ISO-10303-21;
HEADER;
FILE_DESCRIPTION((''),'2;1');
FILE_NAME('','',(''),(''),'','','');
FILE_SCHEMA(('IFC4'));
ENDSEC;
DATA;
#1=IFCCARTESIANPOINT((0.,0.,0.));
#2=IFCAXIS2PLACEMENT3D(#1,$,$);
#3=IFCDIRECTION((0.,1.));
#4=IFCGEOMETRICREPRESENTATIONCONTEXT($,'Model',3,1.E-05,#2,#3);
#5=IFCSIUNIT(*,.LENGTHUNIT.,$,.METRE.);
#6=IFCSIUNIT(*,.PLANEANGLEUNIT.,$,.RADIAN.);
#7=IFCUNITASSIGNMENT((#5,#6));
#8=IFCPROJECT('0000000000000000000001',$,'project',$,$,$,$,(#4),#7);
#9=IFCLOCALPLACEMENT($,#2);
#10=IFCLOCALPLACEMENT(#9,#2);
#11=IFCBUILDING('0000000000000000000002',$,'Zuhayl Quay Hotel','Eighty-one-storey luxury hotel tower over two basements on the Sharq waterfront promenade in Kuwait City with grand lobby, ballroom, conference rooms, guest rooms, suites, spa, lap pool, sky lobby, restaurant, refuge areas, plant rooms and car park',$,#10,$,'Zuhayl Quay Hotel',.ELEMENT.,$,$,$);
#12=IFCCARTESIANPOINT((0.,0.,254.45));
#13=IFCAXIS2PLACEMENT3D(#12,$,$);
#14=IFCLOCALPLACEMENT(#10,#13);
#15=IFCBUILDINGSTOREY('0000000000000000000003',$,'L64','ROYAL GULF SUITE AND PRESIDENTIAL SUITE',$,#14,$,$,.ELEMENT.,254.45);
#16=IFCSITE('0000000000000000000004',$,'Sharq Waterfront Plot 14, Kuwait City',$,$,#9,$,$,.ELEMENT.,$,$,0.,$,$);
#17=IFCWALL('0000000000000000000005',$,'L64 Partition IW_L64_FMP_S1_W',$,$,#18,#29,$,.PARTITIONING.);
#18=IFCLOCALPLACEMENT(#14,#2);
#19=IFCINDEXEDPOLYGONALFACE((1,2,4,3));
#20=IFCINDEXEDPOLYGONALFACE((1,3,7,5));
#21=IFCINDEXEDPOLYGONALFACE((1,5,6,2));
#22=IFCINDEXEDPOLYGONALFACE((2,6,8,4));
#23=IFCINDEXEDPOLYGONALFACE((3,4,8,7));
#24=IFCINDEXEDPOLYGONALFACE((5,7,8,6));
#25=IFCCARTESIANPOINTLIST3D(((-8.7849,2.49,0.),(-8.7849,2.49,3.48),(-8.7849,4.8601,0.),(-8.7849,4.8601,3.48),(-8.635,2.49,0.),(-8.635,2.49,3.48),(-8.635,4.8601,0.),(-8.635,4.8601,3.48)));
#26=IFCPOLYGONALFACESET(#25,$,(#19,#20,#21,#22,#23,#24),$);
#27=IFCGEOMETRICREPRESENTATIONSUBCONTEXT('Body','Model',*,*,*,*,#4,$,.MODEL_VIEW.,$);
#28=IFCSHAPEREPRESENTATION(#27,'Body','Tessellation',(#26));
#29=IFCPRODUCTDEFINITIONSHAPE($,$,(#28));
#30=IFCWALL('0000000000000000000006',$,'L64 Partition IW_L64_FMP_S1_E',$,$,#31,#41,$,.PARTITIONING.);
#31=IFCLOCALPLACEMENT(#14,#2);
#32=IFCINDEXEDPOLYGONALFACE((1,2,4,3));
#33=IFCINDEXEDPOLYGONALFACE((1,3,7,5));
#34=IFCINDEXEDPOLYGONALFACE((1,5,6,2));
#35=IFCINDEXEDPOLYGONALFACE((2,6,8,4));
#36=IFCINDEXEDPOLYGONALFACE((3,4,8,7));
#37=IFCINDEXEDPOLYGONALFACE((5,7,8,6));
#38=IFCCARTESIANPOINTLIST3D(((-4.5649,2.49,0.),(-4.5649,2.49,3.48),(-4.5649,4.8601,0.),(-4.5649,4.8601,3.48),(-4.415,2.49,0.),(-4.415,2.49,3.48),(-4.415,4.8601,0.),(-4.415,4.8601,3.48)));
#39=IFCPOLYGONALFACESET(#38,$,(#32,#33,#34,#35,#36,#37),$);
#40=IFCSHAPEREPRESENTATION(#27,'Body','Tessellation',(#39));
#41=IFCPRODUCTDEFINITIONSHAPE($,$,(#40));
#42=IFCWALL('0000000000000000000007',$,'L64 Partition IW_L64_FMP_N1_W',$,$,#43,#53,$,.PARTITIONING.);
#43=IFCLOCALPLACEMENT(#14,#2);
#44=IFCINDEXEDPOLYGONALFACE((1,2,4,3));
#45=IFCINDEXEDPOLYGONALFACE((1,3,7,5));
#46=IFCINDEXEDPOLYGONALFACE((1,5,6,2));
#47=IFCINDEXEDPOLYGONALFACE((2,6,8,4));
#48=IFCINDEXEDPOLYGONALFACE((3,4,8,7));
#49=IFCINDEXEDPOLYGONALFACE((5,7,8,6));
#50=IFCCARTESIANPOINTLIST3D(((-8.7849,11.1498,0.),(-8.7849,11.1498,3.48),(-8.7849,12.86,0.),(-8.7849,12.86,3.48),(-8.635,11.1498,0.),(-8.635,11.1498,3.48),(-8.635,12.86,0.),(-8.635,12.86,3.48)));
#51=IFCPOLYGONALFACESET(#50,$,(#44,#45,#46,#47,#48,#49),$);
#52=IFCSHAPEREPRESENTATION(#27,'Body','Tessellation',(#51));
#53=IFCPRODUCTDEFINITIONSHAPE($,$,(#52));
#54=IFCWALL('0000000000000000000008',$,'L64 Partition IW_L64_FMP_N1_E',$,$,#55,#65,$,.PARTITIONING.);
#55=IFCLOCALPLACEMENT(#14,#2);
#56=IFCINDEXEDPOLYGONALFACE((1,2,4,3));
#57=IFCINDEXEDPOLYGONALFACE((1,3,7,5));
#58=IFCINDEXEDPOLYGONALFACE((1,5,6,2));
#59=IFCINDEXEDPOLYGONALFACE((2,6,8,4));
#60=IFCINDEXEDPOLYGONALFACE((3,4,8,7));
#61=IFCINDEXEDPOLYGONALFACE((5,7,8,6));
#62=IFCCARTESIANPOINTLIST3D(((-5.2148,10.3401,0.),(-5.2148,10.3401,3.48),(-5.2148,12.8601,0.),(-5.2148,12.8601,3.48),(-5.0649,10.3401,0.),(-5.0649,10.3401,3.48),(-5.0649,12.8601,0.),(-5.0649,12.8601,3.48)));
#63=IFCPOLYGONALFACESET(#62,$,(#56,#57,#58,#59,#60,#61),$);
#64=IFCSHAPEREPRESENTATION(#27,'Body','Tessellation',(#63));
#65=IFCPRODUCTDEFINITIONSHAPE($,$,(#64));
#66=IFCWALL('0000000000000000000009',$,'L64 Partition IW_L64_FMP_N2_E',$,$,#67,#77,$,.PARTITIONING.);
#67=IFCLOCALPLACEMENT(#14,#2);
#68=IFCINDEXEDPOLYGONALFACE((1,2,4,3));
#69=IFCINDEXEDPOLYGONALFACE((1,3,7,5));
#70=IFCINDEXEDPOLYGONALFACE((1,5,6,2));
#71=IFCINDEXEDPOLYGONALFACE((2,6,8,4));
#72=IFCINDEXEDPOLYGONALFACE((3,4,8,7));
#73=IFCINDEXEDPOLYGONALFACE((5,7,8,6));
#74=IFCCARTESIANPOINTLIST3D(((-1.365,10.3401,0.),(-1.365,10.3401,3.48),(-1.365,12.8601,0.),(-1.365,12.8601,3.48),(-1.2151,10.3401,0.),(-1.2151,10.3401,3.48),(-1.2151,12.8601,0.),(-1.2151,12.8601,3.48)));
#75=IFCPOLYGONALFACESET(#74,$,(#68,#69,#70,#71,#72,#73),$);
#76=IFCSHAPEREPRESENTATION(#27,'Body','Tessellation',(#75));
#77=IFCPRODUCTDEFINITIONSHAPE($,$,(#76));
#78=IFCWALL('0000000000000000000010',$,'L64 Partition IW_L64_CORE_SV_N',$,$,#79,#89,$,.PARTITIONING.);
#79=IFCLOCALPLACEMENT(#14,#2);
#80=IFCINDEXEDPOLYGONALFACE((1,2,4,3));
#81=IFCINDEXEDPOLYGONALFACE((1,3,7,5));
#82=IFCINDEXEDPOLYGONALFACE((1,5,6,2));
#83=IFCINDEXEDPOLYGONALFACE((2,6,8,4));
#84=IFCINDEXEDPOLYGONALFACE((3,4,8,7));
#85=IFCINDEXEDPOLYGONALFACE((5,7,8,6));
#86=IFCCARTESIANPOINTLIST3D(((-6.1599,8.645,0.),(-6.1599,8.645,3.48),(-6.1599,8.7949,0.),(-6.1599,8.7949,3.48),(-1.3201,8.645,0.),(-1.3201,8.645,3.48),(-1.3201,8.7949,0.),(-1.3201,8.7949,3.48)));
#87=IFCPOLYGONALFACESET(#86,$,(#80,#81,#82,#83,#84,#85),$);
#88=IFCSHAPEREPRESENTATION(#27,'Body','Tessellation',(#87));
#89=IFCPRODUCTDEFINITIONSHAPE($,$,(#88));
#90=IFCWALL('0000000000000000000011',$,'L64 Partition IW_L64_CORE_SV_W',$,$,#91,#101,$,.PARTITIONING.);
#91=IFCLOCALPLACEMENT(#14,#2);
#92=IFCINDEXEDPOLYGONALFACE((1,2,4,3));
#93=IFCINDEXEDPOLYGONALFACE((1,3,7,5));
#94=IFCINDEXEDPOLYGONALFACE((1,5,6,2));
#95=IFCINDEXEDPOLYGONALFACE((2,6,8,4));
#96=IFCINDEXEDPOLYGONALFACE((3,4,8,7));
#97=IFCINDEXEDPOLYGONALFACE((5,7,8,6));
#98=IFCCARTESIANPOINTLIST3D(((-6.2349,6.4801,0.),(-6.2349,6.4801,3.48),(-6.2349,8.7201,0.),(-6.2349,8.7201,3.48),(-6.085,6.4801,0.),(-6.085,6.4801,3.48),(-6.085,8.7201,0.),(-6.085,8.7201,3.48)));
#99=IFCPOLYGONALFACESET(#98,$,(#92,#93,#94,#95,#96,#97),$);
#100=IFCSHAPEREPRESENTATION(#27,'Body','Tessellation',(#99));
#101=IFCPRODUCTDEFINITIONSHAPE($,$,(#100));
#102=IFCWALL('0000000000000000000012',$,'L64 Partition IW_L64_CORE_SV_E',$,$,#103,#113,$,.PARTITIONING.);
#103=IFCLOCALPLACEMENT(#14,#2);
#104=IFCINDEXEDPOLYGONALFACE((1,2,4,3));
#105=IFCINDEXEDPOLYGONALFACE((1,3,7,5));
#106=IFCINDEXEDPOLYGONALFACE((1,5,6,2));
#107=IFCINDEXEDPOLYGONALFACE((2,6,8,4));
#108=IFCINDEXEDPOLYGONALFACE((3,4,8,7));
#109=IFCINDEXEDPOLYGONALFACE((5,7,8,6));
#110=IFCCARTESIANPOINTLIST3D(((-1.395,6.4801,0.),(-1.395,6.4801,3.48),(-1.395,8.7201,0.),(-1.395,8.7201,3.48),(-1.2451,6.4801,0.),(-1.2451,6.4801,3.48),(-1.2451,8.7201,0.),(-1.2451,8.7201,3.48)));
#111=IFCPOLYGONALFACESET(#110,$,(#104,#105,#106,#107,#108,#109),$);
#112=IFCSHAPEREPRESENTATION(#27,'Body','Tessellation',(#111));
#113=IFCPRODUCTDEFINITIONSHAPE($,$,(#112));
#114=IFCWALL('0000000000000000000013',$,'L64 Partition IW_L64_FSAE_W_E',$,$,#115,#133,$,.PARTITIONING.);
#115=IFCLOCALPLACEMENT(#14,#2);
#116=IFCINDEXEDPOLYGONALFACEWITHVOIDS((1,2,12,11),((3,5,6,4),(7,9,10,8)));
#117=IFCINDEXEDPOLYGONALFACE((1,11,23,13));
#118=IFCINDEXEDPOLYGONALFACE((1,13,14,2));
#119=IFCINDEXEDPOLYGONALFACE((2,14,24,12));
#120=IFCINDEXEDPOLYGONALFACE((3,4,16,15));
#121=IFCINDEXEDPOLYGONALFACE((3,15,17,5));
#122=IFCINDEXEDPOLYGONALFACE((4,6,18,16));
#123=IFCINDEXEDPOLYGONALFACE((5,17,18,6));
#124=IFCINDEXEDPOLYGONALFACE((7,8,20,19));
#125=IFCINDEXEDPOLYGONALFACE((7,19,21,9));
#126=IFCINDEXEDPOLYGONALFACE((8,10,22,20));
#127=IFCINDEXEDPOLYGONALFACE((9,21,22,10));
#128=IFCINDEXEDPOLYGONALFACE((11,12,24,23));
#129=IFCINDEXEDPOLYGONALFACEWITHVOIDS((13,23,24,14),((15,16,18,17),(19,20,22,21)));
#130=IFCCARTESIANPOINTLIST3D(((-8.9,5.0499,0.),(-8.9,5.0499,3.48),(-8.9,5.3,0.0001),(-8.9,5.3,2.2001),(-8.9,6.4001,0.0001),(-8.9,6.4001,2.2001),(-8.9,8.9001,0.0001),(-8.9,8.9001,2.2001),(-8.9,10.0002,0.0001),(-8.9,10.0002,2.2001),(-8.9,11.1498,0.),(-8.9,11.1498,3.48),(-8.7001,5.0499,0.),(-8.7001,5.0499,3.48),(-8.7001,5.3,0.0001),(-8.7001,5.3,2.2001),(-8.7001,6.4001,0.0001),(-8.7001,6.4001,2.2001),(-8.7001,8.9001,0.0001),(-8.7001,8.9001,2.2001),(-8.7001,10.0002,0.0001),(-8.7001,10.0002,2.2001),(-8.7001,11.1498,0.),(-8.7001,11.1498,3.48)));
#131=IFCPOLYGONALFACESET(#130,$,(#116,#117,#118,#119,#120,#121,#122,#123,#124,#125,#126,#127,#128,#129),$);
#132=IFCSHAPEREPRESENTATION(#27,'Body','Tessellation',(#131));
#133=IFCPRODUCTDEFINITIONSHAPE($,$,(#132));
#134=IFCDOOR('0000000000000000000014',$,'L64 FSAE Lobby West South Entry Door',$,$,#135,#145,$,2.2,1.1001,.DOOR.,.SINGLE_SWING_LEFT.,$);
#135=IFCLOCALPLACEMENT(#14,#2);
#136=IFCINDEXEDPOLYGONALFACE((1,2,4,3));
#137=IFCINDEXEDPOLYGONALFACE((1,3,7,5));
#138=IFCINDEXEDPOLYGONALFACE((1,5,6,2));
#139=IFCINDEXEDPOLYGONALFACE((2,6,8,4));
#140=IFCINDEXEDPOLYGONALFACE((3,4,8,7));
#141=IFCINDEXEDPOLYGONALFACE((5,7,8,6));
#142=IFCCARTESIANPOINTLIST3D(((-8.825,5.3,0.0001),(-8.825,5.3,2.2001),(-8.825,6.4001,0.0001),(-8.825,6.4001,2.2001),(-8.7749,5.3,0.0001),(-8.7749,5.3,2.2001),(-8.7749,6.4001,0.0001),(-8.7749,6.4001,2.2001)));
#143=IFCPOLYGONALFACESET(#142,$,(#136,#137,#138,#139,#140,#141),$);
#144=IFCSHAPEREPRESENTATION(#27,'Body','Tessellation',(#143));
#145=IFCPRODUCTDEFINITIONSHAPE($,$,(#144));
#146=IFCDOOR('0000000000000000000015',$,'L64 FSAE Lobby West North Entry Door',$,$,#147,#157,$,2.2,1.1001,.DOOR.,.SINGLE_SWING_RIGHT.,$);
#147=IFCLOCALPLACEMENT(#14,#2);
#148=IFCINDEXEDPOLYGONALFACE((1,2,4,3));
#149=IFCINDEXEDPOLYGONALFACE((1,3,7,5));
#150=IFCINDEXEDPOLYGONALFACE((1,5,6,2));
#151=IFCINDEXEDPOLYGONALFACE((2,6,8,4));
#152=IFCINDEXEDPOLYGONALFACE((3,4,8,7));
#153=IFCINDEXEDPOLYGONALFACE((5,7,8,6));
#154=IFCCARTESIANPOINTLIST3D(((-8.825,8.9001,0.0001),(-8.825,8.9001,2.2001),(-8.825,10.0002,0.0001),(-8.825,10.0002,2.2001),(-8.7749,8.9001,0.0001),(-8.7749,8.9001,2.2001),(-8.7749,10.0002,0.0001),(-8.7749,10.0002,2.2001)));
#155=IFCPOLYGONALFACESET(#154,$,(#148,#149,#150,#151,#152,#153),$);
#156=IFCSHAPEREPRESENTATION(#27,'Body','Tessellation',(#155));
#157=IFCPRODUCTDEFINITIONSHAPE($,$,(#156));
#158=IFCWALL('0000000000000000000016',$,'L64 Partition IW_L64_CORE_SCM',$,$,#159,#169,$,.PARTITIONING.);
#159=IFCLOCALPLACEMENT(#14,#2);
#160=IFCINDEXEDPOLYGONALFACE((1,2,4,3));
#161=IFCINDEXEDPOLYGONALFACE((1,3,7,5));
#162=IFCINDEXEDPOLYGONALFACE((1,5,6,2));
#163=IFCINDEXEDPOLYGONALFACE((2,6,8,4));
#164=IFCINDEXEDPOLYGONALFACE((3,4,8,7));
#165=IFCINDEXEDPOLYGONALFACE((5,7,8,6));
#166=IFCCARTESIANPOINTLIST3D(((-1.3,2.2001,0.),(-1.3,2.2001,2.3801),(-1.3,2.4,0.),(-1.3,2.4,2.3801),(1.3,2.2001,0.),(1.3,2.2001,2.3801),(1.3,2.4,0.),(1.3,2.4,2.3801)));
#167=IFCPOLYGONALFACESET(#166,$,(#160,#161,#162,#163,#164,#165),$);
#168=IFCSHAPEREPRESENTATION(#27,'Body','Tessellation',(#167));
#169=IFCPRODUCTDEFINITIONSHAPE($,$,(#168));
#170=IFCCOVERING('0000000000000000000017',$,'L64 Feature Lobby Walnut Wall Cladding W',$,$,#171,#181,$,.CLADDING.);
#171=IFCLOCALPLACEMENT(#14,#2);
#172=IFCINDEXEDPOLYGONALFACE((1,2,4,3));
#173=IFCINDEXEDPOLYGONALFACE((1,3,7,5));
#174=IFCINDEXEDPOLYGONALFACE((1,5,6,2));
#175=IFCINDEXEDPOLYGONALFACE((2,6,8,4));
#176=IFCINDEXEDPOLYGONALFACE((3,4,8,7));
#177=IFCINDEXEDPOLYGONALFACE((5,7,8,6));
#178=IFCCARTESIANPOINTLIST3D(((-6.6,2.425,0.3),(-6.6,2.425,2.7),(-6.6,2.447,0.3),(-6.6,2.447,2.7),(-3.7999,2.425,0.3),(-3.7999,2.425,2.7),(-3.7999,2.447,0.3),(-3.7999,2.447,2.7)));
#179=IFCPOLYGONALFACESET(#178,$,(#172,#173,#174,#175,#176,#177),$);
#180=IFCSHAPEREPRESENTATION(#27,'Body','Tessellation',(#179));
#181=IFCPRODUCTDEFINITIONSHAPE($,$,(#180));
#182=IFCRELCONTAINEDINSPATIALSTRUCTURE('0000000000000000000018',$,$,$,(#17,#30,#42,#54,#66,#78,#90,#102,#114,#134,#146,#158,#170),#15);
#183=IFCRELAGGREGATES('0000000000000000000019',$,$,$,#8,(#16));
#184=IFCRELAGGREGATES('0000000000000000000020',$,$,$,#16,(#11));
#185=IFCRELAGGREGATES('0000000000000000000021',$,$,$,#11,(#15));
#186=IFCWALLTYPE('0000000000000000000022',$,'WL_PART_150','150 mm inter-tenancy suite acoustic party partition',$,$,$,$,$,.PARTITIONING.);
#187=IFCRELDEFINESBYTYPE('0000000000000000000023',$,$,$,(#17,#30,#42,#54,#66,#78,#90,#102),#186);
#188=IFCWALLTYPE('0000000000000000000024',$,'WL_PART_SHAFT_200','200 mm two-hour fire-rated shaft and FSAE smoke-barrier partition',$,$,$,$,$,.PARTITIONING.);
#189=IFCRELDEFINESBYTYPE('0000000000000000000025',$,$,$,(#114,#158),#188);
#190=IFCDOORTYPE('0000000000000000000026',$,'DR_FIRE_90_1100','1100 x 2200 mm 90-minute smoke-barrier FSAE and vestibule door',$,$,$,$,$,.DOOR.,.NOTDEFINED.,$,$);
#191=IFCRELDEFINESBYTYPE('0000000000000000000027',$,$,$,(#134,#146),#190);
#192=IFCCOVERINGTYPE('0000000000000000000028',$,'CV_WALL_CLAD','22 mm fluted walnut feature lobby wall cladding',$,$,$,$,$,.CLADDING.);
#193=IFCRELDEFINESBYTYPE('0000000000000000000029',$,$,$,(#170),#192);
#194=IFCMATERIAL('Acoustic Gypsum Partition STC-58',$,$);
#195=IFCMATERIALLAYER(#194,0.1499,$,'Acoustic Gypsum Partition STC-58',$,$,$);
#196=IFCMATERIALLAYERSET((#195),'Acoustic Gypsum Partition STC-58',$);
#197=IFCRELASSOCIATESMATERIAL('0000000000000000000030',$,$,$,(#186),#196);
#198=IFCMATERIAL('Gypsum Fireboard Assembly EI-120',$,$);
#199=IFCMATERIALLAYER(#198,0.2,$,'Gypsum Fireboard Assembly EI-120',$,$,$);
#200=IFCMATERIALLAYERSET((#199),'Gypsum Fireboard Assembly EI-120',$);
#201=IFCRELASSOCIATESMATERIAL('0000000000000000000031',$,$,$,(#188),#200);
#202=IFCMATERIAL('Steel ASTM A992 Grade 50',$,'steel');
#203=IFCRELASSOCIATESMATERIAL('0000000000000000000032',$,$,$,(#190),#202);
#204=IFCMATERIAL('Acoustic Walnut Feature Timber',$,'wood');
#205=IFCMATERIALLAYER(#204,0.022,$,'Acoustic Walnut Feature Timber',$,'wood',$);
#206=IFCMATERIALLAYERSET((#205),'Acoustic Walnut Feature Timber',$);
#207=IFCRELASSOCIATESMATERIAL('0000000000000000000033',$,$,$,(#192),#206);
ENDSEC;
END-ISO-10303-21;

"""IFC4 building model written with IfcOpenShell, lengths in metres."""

from ifc_helpers import new_model, si_unit, direction, frame, frame_2d, origin, origin_2d, place, context, subcontext, project, spatial, rectangle, extrude, material, layer, layer_set, type_object, element, fill, save


model = new_model("IFC4")

# Units and contexts
model_context = context("Model", 3, precision=1e-05, world=origin(), true_north=direction((0.0, 1.0)))
body_context = subcontext(model_context, "Body", "Model", "MODEL_VIEW")
ifc_project = project(units=[si_unit("LENGTHUNIT", "METRE"), si_unit("PLANEANGLEUNIT", "RADIAN")], contexts=[model_context])

# Site, building, storey
site_placement = place(None, origin())
site = spatial("IfcSite", under=ifc_project, at=site_placement, Name="Sharq Waterfront Plot 14, Kuwait City", CompositionType="ELEMENT", RefElevation=0.0)
building_placement = place(site_placement, origin())
building = spatial("IfcBuilding", under=site, at=building_placement, Name="Zuhayl Quay Hotel", Description="Eighty-one-storey luxury hotel tower over two basements on the Sharq waterfront promenade in Kuwait City with grand lobby, ballroom, conference rooms, guest rooms, suites, spa, lap pool, sky lobby, restaurant, refuge areas, plant rooms and car park", LongName="Zuhayl Quay Hotel", CompositionType="ELEMENT")
storey_placement = place(building_placement, frame((0.0, 0.0, 254.45)))
storey = spatial("IfcBuildingStorey", under=building, at=storey_placement, Name="L64", Description="ROYAL GULF SUITE AND PRESIDENTIAL SUITE", CompositionType="ELEMENT", Elevation=254.45)

# Shared definitions
ifc_material_1 = material(Name="Acoustic Gypsum Partition STC-58")
ifc_layer_1 = layer(ifc_material_1, 0.1499, Name="Acoustic Gypsum Partition STC-58")
ifc_layer_set_1 = layer_set([ifc_layer_1], Name="Acoustic Gypsum Partition STC-58")
wall_type_1 = type_object("IfcWallType", Name="WL_PART_150", Description="150 mm inter-tenancy suite acoustic party partition", PredefinedType="PARTITIONING", material=ifc_layer_set_1)
ifc_material_2 = material(Name="Steel ASTM A992 Grade 50", Category="steel")

# Walls
for number, where, z_axis, x_axis, name in (
    (1, (-8.71, 2.49, 0.0), (0.0, 0.0, 1.0), (0.0, 1.0, 0.0), "L64 Partition IW_L64_FMP_S1_W"),
    (2, (-4.49, 2.49, 0.0), (0.0, 0.0, 1.0), (0.0, 1.0, 0.0), "L64 Partition IW_L64_FMP_S1_E"),
):
    element("IfcWall", number, at=place(storey_placement, frame(where, z_axis=z_axis, x_axis=x_axis)), inside=storey, type_object=wall_type_1, Name=name, PredefinedType="PARTITIONING", context=body_context, shape_type="SweptSolid", body=[
        extrude(rectangle(XDim=2.3701, YDim=0.1499, at=frame_2d((1.1851, 0.0))), origin(), (0.0, 0.0, 1.0), 3.48),
    ])
wall_1_placement = place(storey_placement, frame((-8.71, 11.1499, 0.0), z_axis=(0.0, 0.0, 1.0), x_axis=(0.0, 1.0, 0.0)))
element("IfcWall", 3, at=wall_1_placement, inside=storey, type_object=wall_type_1, Name="L64 Partition IW_L64_FMP_N1_W", PredefinedType="PARTITIONING", context=body_context, shape_type="SweptSolid", body=[
    extrude(rectangle(XDim=1.7102, YDim=0.1499, at=frame_2d((0.855, 0.0))), origin(), (0.0, 0.0, 1.0), 3.48),
])
for number, where, z_axis, x_axis, name in (
    (4, (-5.1399, 10.3401, 0.0), (0.0, 0.0, 1.0), (0.0, 1.0, 0.0), "L64 Partition IW_L64_FMP_N1_E"),
    (5, (-1.29, 10.3401, 0.0), (0.0, 0.0, 1.0), (0.0, 1.0, 0.0), "L64 Partition IW_L64_FMP_N2_E"),
):
    element("IfcWall", number, at=place(storey_placement, frame(where, z_axis=z_axis, x_axis=x_axis)), inside=storey, type_object=wall_type_1, Name=name, PredefinedType="PARTITIONING", context=body_context, shape_type="SweptSolid", body=[
        extrude(rectangle(XDim=2.52, YDim=0.1499, at=frame_2d((1.26, 0.0))), origin(), (0.0, 0.0, 1.0), 3.48),
    ])
wall_2_placement = place(storey_placement, frame((-6.1599, 8.72, 0.0), z_axis=(0.0, 0.0, 1.0), x_axis=(1.0, 0.0, 0.0)))
element("IfcWall", 6, at=wall_2_placement, inside=storey, type_object=wall_type_1, Name="L64 Partition IW_L64_CORE_SV_N", PredefinedType="PARTITIONING", context=body_context, shape_type="SweptSolid", body=[
    extrude(rectangle(XDim=4.8398, YDim=0.1499, at=frame_2d((2.4199, 0.0))), origin(), (0.0, 0.0, 1.0), 3.48),
])
for number, where, z_axis, x_axis, name in (
    (7, (-6.1599, 6.48, 0.0), (0.0, 0.0, 1.0), (0.0, 1.0, 0.0), "L64 Partition IW_L64_CORE_SV_W"),
    (8, (-1.3201, 6.48, 0.0), (0.0, 0.0, 1.0), (0.0, 1.0, 0.0), "L64 Partition IW_L64_CORE_SV_E"),
):
    element("IfcWall", number, at=place(storey_placement, frame(where, z_axis=z_axis, x_axis=x_axis)), inside=storey, type_object=wall_type_1, Name=name, PredefinedType="PARTITIONING", context=body_context, shape_type="SweptSolid", body=[
        extrude(rectangle(XDim=2.24, YDim=0.1499, at=frame_2d((1.1201, 0.0))), origin(), (0.0, 0.0, 1.0), 3.48),
    ])

# Wall, openings, doors
ifc_material_3 = material(Name="Gypsum Fireboard Assembly EI-120")
ifc_layer_2 = layer(ifc_material_3, 0.2, Name="Gypsum Fireboard Assembly EI-120")
ifc_layer_set_2 = layer_set([ifc_layer_2], Name="Gypsum Fireboard Assembly EI-120")
wall_type_2 = type_object("IfcWallType", Name="WL_PART_SHAFT_200", Description="200 mm two-hour fire-rated shaft and FSAE smoke-barrier partition", PredefinedType="PARTITIONING", material=ifc_layer_set_2)
wall_3_placement = place(storey_placement, frame((-8.8, 5.05, 0.0), z_axis=(0.0, 0.0, 1.0), x_axis=(0.0, 1.0, 0.0)))
wall_3 = element("IfcWall", 9, at=wall_3_placement, inside=storey, type_object=wall_type_2, Name="L64 Partition IW_L64_FSAE_W_E", PredefinedType="PARTITIONING", context=body_context, shape_type="SweptSolid", body=[
    extrude(rectangle(XDim=6.0999, YDim=0.2, at=frame_2d((3.0498, 0.0))), origin(), (0.0, 0.0, 1.0), 3.48),
])
opening_1_placement = place(wall_3_placement, frame((0.25, 0.0, 0.0)))
opening_1 = element("IfcOpeningElement", 10, at=opening_1_placement, cuts=wall_3, PredefinedType="OPENING", context=body_context, shape_type="SweptSolid", body=[
    extrude(rectangle(XDim=1.1001, YDim=2.2, at=frame_2d((0.55, 1.1001))), frame((0.0, 0.1099, 0.0), z_axis=(0.0, -1.0, 0.0), x_axis=(1.0, 0.0, 0.0)), (0.0, 0.0, 1.0), 0.22),
])
opening_2_placement = place(wall_3_placement, frame((3.8501, 0.0, 0.0)))
opening_2 = element("IfcOpeningElement", 11, at=opening_2_placement, cuts=wall_3, PredefinedType="OPENING", context=body_context, shape_type="SweptSolid", body=[
    extrude(rectangle(XDim=1.1001, YDim=2.2, at=frame_2d((0.55, 1.1001))), frame((0.0, 0.1099, 0.0), z_axis=(0.0, -1.0, 0.0), x_axis=(1.0, 0.0, 0.0)), (0.0, 0.0, 1.0), 0.22),
])
door_type_1 = type_object("IfcDoorType", Name="DR_FIRE_90_1100", Description="1100 x 2200 mm 90-minute smoke-barrier FSAE and vestibule door", OperationType="NOTDEFINED", PredefinedType="DOOR", material=ifc_material_2)
door_1_placement = place(opening_1_placement, origin())
door_1 = element("IfcDoor", 12, at=door_1_placement, inside=storey, type_object=door_type_1, Name="L64 FSAE Lobby West South Entry Door", OperationType="SINGLE_SWING_LEFT", OverallHeight=2.2, OverallWidth=1.1001, PredefinedType="DOOR", context=body_context, shape_type="SweptSolid", body=[
    extrude(rectangle(XDim=1.1001, YDim=2.2, at=frame_2d((0.55, 1.1001))), frame((0.0, 0.0249, 0.0), z_axis=(0.0, -1.0, 0.0), x_axis=(1.0, 0.0, 0.0)), (0.0, 0.0, 1.0), 0.05),
])
fill(opening_1, door_1)
door_2_placement = place(opening_2_placement, origin())
door_2 = element("IfcDoor", 13, at=door_2_placement, inside=storey, type_object=door_type_1, Name="L64 FSAE Lobby West North Entry Door", OperationType="SINGLE_SWING_RIGHT", OverallHeight=2.2, OverallWidth=1.1001, PredefinedType="DOOR", context=body_context, shape_type="SweptSolid", body=[
    extrude(rectangle(XDim=1.1001, YDim=2.2, at=frame_2d((0.55, 1.1001))), frame((0.0, 0.0249, 0.0), z_axis=(0.0, -1.0, 0.0), x_axis=(1.0, 0.0, 0.0)), (0.0, 0.0, 1.0), 0.05),
])
fill(opening_2, door_2)

# Wall
wall_4_placement = place(storey_placement, frame((-1.3, 2.3, 0.0), z_axis=(0.0, 0.0, 1.0), x_axis=(1.0, 0.0, 0.0)))
element("IfcWall", 14, at=wall_4_placement, inside=storey, type_object=wall_type_2, Name="L64 Partition IW_L64_CORE_SCM", PredefinedType="PARTITIONING", context=body_context, shape_type="SweptSolid", body=[
    extrude(rectangle(XDim=2.6001, YDim=0.2, at=frame_2d((1.3, 0.0))), origin(), (0.0, 0.0, 1.0), 2.3801),
])

# Covering
ifc_material_4 = material(Name="Acoustic Walnut Feature Timber", Category="wood")
ifc_layer_3 = layer(ifc_material_4, 0.022, Name="Acoustic Walnut Feature Timber", Category="wood")
ifc_layer_set_3 = layer_set([ifc_layer_3], Name="Acoustic Walnut Feature Timber")
covering_type = type_object("IfcCoveringType", Name="CV_WALL_CLAD", Description="22 mm fluted walnut feature lobby wall cladding", PredefinedType="CLADDING", material=ifc_layer_set_3)
covering_placement = place(storey_placement, frame((-5.2, 2.436, 0.3), z_axis=(0.0, 0.0, 1.0), x_axis=(1.0, 0.0, 0.0)))
element("IfcCovering", 15, at=covering_placement, inside=storey, type_object=covering_type, Name="L64 Feature Lobby Walnut Wall Cladding W", PredefinedType="CLADDING", context=body_context, shape_type="SweptSolid", body=[
    extrude(rectangle(XDim=2.8, YDim=0.022, at=origin_2d()), origin(), (0.0, 0.0, 1.0), 2.3999),
])

save(model, "model.ifc")
